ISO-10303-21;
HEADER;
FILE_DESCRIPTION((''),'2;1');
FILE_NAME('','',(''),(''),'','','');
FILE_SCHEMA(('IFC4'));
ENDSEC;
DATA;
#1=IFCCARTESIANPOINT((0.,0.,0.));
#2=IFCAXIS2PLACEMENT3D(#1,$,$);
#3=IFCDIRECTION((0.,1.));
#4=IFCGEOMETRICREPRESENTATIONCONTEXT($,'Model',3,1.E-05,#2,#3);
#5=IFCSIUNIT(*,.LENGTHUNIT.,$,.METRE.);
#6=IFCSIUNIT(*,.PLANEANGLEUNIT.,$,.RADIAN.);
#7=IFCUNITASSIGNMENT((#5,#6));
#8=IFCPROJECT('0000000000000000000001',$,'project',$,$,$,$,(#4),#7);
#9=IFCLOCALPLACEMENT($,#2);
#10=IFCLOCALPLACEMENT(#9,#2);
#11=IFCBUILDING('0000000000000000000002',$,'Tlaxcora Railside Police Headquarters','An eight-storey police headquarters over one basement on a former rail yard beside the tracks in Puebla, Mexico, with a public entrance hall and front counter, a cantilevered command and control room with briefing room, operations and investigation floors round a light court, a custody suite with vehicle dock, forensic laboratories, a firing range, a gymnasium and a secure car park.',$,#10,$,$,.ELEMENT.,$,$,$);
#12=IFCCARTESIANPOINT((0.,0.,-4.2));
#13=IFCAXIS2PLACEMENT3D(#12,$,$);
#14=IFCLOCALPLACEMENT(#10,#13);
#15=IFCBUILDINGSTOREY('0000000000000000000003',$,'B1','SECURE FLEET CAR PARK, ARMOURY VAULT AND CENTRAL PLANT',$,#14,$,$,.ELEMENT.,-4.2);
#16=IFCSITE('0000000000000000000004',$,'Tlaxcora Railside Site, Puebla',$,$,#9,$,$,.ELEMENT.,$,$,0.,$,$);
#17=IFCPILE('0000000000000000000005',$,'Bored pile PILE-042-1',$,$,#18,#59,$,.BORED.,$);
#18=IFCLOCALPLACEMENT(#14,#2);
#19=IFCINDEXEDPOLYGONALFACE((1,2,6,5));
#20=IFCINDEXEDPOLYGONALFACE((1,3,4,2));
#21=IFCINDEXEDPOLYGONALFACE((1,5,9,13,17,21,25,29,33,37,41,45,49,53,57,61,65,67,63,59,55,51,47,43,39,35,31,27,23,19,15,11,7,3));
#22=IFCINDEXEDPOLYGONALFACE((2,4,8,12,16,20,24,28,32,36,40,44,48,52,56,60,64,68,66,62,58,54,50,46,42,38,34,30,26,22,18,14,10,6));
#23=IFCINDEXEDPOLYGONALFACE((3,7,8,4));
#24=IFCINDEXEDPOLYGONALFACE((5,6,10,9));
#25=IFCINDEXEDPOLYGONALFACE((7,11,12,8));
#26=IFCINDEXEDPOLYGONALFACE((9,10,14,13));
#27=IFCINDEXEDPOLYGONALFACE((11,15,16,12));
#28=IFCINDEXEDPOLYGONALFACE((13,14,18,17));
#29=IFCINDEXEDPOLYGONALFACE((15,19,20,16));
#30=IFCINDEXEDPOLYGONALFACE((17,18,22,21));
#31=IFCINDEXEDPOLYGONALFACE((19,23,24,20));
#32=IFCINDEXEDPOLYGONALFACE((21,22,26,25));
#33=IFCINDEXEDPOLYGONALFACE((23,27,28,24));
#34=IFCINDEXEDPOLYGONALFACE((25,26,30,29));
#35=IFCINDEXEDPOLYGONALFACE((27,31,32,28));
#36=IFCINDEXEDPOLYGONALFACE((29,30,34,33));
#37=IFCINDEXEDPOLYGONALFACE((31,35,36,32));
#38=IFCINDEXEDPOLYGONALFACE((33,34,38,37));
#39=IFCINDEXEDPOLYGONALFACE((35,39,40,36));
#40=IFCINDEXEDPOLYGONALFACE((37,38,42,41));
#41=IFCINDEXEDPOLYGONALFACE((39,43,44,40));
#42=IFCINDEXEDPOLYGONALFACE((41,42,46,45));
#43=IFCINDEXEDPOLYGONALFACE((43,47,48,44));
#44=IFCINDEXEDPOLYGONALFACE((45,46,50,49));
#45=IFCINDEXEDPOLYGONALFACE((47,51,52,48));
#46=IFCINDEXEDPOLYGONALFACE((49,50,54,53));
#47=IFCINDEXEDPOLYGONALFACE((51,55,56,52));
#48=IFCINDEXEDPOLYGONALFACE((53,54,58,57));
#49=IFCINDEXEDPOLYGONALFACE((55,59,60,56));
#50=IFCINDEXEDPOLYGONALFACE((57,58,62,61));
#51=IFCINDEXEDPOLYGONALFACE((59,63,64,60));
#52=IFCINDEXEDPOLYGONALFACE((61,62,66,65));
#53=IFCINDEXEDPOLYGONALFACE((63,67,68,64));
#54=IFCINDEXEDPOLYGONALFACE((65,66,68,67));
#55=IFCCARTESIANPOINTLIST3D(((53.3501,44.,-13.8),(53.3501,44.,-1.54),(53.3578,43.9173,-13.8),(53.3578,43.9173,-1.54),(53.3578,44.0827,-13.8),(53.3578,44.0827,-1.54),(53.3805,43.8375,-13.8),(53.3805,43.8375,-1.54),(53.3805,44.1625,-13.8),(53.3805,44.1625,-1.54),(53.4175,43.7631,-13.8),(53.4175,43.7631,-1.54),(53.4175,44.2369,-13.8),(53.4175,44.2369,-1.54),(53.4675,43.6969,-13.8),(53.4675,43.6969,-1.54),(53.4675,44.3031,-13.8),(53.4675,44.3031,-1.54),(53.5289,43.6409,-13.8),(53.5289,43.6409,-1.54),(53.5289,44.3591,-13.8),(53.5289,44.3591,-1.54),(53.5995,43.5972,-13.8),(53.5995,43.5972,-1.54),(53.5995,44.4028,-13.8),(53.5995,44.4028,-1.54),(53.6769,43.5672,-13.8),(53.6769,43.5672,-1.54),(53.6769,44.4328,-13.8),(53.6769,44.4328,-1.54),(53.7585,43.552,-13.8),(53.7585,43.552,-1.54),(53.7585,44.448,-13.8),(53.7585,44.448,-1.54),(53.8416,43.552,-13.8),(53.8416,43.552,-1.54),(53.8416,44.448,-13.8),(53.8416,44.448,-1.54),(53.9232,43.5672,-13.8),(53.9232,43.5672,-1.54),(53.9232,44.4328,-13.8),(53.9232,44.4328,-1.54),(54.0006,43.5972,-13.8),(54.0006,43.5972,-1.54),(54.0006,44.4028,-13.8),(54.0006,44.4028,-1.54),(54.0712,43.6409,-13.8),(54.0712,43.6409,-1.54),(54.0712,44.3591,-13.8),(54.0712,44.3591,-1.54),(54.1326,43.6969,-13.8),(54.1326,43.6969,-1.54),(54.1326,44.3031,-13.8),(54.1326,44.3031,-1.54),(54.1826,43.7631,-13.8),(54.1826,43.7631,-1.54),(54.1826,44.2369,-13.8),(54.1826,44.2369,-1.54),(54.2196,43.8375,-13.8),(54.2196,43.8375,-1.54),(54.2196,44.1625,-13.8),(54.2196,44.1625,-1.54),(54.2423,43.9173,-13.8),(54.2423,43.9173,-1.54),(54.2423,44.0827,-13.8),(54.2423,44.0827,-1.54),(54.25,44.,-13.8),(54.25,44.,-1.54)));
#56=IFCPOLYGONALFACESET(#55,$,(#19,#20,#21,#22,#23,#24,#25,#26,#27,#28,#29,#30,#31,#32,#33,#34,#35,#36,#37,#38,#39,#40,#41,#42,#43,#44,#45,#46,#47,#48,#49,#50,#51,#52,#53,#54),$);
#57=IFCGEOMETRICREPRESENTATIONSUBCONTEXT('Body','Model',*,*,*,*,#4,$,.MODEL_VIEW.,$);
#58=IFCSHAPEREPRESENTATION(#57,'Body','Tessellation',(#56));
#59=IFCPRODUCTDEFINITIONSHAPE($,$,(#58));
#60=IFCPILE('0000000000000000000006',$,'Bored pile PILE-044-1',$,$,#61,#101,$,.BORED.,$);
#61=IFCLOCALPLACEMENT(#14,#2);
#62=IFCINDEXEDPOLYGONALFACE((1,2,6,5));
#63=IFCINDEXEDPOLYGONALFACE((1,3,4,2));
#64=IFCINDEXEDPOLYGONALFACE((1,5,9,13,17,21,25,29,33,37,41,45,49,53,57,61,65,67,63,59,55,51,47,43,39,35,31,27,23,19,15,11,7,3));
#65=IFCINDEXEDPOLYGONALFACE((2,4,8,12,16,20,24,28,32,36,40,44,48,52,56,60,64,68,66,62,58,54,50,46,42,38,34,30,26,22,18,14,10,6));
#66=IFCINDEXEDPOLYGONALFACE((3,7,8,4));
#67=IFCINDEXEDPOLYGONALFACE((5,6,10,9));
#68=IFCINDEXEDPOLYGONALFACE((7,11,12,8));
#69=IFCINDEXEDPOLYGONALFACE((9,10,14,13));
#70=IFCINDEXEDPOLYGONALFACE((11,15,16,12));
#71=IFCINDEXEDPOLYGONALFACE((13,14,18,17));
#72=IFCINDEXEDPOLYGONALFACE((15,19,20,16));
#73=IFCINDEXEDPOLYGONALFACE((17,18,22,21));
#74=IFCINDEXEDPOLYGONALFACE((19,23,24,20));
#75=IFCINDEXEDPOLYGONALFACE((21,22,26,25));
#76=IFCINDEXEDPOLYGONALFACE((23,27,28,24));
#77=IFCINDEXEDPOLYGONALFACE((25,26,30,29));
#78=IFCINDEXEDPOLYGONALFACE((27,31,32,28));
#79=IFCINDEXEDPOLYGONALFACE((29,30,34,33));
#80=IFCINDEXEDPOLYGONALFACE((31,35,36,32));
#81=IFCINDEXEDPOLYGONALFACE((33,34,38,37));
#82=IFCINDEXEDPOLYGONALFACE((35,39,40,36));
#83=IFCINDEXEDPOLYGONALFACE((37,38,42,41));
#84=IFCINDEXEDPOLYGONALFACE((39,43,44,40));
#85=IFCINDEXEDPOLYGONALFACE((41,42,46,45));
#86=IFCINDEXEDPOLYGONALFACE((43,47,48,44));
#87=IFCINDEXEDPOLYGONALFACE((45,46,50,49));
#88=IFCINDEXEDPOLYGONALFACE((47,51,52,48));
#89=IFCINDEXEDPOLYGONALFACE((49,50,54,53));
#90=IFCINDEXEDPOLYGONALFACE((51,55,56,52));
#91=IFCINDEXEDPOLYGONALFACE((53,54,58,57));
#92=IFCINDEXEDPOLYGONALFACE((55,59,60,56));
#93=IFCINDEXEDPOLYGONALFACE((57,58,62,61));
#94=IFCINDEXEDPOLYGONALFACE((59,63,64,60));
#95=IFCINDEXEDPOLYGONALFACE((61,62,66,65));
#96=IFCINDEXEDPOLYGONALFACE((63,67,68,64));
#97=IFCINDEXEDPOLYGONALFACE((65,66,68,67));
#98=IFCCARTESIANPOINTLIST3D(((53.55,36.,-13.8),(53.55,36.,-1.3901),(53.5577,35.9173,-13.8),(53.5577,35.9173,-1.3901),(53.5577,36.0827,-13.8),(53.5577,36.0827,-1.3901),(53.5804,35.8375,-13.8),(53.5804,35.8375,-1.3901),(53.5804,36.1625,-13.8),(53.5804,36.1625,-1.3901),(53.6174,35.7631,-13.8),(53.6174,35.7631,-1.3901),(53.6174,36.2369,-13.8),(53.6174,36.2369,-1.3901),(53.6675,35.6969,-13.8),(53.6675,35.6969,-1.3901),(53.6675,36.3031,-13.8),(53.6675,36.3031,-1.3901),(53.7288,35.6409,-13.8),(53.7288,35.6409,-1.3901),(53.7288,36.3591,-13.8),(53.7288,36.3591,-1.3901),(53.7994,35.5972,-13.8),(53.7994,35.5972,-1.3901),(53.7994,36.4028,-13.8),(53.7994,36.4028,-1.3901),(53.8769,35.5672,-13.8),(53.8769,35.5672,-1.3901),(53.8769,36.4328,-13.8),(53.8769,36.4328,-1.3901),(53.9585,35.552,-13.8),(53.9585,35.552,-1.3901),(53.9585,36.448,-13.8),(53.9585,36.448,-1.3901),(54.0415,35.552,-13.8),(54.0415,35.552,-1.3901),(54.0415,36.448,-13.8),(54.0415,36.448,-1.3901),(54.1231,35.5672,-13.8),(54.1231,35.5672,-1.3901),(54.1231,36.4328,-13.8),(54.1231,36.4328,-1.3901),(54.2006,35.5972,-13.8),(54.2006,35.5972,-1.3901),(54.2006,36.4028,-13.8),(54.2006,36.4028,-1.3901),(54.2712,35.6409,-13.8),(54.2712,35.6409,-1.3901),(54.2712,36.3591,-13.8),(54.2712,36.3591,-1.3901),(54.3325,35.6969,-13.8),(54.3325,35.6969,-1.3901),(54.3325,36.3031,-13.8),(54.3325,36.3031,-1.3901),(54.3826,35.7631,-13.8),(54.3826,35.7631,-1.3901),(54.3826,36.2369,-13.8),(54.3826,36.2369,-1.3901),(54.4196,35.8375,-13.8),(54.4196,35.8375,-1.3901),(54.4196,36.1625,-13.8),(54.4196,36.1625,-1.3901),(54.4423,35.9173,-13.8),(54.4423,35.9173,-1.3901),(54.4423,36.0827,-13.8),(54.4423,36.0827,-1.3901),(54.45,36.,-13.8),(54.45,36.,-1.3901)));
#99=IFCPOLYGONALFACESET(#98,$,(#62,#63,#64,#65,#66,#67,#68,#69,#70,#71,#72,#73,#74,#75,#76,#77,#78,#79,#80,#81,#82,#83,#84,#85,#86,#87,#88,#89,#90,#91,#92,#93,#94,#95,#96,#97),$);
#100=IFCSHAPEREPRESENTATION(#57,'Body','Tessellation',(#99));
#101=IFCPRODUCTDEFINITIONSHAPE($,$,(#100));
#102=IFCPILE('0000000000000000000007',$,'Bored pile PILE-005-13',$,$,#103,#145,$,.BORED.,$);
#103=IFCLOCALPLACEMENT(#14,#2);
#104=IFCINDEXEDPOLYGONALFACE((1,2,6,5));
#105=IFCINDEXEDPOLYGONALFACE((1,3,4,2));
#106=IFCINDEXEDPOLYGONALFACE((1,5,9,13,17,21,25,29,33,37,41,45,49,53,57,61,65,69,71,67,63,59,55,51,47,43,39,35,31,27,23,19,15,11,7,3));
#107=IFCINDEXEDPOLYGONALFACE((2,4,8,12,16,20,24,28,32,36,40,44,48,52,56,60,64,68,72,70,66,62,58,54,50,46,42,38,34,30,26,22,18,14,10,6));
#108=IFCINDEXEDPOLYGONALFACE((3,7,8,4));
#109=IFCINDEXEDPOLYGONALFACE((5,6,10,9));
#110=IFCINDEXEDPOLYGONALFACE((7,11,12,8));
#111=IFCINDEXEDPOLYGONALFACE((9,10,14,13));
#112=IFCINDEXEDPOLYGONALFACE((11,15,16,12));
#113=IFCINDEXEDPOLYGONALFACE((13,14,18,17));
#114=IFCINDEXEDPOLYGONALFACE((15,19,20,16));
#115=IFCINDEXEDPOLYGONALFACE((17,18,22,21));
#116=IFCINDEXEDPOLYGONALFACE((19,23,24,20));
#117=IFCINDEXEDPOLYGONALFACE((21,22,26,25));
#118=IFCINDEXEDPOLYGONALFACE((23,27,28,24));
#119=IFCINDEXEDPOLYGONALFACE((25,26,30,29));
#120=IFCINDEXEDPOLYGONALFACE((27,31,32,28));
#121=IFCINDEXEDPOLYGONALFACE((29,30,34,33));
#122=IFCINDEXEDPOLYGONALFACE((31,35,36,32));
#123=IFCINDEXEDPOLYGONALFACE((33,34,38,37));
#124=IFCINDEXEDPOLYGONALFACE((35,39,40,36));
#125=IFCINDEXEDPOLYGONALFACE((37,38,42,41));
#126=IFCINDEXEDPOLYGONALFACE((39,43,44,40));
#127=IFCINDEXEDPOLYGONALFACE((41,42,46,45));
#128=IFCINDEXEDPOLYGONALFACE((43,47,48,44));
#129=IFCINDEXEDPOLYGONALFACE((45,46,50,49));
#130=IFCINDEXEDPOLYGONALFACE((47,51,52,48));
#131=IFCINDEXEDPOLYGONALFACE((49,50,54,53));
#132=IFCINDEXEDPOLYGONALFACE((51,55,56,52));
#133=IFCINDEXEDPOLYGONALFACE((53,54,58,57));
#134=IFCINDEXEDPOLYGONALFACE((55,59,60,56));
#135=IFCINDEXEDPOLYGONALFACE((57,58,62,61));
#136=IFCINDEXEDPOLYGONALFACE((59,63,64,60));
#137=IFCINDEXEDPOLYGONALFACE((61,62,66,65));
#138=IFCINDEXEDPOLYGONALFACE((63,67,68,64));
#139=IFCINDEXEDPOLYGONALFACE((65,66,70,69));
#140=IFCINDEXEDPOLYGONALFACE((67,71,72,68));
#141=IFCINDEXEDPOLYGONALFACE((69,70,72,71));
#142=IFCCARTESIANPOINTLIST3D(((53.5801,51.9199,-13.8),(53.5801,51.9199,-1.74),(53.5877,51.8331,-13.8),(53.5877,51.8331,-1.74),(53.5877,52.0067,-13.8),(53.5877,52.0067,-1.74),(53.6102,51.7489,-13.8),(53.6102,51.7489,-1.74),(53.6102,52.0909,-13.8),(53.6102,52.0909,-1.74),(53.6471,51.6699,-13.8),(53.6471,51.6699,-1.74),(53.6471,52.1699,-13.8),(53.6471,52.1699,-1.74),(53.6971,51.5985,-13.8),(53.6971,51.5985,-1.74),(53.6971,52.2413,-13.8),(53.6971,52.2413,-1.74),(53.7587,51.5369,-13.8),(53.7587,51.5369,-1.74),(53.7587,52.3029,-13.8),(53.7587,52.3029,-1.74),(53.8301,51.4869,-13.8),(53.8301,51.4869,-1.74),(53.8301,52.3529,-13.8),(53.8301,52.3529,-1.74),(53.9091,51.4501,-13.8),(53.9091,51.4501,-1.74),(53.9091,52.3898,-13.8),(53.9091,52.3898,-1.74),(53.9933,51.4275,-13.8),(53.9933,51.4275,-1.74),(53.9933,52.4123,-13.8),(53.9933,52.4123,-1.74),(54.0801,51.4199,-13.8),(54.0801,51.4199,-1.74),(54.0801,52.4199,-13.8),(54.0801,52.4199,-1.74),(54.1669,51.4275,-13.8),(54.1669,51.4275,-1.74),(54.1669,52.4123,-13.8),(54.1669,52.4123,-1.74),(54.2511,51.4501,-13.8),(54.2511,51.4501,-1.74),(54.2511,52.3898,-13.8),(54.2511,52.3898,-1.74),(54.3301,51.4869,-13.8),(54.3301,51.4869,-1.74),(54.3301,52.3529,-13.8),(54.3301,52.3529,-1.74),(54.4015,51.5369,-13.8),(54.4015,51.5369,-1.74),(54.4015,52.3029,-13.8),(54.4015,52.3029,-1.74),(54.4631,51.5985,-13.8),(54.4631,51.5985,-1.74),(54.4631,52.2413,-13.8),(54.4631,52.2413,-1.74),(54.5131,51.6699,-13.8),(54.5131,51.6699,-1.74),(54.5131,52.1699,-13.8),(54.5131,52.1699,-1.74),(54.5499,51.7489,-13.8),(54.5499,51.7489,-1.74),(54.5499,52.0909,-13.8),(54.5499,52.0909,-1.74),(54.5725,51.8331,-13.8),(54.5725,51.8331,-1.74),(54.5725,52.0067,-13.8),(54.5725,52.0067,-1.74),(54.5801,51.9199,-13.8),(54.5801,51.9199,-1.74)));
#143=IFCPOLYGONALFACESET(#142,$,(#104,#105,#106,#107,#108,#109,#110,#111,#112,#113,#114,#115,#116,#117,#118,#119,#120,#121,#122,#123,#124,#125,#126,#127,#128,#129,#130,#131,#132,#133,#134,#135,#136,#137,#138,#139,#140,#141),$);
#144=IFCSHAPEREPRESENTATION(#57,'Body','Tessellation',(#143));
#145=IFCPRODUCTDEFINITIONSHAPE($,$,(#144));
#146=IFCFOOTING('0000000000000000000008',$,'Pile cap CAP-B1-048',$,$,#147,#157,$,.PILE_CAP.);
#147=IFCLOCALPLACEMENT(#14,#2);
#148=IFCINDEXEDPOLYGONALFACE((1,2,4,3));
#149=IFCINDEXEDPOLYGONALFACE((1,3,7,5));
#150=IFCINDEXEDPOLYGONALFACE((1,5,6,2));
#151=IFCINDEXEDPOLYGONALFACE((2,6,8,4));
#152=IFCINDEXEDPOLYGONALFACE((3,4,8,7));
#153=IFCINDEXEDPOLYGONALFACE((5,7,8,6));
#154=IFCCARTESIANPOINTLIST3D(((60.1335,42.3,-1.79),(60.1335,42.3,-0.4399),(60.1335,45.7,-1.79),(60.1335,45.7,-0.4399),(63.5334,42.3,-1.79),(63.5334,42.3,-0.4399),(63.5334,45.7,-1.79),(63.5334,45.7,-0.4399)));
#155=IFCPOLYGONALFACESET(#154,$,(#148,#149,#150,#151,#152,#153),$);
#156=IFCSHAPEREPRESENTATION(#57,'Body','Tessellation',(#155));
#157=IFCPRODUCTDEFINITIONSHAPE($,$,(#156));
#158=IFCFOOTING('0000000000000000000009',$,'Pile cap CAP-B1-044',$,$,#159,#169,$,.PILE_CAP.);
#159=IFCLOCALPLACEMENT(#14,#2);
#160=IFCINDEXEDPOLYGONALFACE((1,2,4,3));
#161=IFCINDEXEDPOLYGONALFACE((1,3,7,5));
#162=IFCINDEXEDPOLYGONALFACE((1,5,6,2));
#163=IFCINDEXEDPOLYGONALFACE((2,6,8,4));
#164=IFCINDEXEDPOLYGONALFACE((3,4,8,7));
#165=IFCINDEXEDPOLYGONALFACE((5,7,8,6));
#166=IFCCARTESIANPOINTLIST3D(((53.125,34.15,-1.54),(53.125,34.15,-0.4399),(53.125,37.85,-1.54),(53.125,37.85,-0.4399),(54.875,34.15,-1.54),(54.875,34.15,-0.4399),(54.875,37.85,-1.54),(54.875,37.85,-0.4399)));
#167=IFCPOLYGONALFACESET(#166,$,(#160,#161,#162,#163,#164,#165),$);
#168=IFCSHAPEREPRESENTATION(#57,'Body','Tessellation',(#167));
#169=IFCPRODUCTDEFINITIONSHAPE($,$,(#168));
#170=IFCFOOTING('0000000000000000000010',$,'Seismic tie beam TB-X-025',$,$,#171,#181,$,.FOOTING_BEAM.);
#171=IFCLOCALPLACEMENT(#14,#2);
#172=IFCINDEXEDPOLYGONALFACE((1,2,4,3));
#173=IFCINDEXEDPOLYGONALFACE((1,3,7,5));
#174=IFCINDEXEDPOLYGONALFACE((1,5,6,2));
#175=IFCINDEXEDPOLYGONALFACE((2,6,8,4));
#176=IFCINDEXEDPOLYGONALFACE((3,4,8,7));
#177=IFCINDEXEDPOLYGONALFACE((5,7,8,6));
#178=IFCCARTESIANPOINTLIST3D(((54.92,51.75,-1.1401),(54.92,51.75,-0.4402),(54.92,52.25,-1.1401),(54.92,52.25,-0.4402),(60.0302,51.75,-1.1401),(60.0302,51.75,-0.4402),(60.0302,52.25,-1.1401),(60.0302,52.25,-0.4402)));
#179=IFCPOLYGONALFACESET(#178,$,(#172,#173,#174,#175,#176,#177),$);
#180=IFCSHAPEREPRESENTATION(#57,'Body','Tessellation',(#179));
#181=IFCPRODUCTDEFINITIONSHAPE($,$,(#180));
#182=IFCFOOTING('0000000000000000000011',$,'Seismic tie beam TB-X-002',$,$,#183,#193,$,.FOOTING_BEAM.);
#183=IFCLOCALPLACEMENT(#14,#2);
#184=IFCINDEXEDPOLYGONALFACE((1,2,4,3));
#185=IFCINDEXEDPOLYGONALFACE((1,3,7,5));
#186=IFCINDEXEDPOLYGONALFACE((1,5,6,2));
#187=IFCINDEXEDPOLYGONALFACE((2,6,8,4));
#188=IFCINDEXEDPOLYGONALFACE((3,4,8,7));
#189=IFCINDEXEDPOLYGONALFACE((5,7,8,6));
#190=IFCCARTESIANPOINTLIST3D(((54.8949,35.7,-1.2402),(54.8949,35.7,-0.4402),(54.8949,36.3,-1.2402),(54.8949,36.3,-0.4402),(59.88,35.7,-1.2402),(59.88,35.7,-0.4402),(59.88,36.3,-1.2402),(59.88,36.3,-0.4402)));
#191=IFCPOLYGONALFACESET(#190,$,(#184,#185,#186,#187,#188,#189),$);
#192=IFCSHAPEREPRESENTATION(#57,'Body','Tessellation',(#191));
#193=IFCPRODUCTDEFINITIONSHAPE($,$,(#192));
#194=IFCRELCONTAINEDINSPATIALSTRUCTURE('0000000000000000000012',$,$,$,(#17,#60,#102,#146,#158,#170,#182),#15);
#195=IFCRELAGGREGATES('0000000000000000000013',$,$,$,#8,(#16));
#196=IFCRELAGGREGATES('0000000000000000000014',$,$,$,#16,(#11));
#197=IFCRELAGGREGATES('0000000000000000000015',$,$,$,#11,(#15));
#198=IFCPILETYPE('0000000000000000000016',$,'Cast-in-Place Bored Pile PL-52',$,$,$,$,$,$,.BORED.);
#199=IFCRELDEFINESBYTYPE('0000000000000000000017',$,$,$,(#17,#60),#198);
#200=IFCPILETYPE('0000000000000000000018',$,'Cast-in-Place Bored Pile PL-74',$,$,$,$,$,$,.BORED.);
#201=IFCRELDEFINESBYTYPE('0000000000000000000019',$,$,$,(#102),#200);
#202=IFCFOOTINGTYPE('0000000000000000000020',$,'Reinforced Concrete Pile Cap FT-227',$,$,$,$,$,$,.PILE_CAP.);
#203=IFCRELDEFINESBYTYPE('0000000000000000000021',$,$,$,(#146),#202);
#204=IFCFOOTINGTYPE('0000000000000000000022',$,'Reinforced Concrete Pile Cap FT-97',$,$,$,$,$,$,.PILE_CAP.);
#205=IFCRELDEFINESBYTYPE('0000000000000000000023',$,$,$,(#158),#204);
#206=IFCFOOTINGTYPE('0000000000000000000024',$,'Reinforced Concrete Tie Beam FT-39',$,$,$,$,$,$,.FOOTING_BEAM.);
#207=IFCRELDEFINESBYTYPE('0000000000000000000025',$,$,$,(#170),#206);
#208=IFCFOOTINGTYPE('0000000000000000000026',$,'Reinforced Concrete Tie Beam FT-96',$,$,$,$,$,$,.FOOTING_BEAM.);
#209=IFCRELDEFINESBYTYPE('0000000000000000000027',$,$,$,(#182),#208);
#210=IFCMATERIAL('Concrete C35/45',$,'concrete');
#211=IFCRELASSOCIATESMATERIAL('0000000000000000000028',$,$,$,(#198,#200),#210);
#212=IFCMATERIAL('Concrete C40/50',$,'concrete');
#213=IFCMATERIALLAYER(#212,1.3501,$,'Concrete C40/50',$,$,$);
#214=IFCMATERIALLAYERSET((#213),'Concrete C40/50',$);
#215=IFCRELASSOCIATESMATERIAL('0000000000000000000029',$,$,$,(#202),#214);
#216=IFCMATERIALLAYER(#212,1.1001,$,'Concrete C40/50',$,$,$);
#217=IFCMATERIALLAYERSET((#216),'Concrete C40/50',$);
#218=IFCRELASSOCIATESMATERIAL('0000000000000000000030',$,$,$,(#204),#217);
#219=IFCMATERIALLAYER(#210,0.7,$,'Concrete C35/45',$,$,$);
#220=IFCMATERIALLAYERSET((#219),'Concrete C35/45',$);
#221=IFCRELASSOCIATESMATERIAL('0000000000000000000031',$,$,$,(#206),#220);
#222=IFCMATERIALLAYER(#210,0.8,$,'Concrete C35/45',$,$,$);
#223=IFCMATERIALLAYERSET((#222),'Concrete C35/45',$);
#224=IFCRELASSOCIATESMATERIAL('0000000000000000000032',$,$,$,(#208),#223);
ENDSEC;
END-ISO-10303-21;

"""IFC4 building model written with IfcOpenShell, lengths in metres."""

from ifc_helpers import new_model, si_unit, direction, frame, origin, origin_2d, place, context, subcontext, project, spatial, rectangle, circle, extrude, material, layer, layer_set, material_profile, profile_set, type_object, element, save


model = new_model("IFC4")

# Units and contexts
model_context = context("Model", 3, precision=1e-05, world=origin(), true_north=direction((0.0, 1.0)))
body_context = subcontext(model_context, "Body", "Model", "MODEL_VIEW")
ifc_project = project(units=[si_unit("LENGTHUNIT", "METRE"), si_unit("PLANEANGLEUNIT", "RADIAN")], contexts=[model_context])

# Site, building, storey
site_placement = place(None, origin())
site = spatial("IfcSite", under=ifc_project, at=site_placement, Name="Tlaxcora Railside Site, Puebla", CompositionType="ELEMENT", RefElevation=0.0)
building_placement = place(site_placement, origin())
building = spatial("IfcBuilding", under=site, at=building_placement, Name="Tlaxcora Railside Police Headquarters", Description="An eight-storey police headquarters over one basement on a former rail yard beside the tracks in Puebla, Mexico, with a public entrance hall and front counter, a cantilevered command and control room with briefing room, operations and investigation floors round a light court, a custody suite with vehicle dock, forensic laboratories, a firing range, a gymnasium and a secure car park.", CompositionType="ELEMENT")
storey_placement = place(building_placement, frame((0.0, 0.0, -4.2)))
storey = spatial("IfcBuildingStorey", under=building, at=storey_placement, Name="B1", Description="SECURE FLEET CAR PARK, ARMOURY VAULT AND CENTRAL PLANT", CompositionType="ELEMENT", Elevation=-4.2)

# Piles
ifc_material_1 = material(Name="Concrete C35/45", Category="concrete")
ifc_material_profile_1 = material_profile(ifc_material_1, circle(Radius=0.45, at=origin_2d()), Name="PILE900")
ifc_profile_set_1 = profile_set([ifc_material_profile_1], Name="Concrete C35/45")
pile_type_1 = type_object("IfcPileType", Name="Cast-in-Place Bored Pile PL-52", PredefinedType="BORED", material=ifc_profile_set_1)
pile_1_placement = place(storey_placement, frame((53.8, 44.0, -1.54), z_axis=(0.0, 0.0, -1.0), x_axis=(1.0, 0.0, 0.0)))
element("IfcPile", 1, at=pile_1_placement, inside=storey, type_object=pile_type_1, Name="Bored pile PILE-042-1", PredefinedType="BORED", context=body_context, shape_type="SweptSolid", body=[
    extrude(circle(Radius=0.45, at=origin_2d()), origin(), (0.0, 0.0, 1.0), 12.26),
])
pile_2_placement = place(storey_placement, frame((54.0, 36.0, -1.3901), z_axis=(0.0, 0.0, -1.0), x_axis=(1.0, 0.0, 0.0)))
element("IfcPile", 2, at=pile_2_placement, inside=storey, type_object=pile_type_1, Name="Bored pile PILE-044-1", PredefinedType="BORED", context=body_context, shape_type="SweptSolid", body=[
    extrude(circle(Radius=0.45, at=origin_2d()), origin(), (0.0, 0.0, 1.0), 12.4099),
])
ifc_material_profile_2 = material_profile(ifc_material_1, circle(Radius=0.5, at=origin_2d()), Name="PILE1000")
ifc_profile_set_2 = profile_set([ifc_material_profile_2], Name="Concrete C35/45")
pile_type_2 = type_object("IfcPileType", Name="Cast-in-Place Bored Pile PL-74", PredefinedType="BORED", material=ifc_profile_set_2)
pile_3_placement = place(storey_placement, frame((54.0801, 51.9199, -1.74), z_axis=(0.0, 0.0, -1.0), x_axis=(1.0, 0.0, 0.0)))
element("IfcPile", 3, at=pile_3_placement, inside=storey, type_object=pile_type_2, Name="Bored pile PILE-005-13", PredefinedType="BORED", context=body_context, shape_type="SweptSolid", body=[
    extrude(circle(Radius=0.5, at=origin_2d()), origin(), (0.0, 0.0, 1.0), 12.0601),
])

# Footings
ifc_material_2 = material(Name="Concrete C40/50", Category="concrete")
ifc_layer_1 = layer(ifc_material_2, 1.3501, Name="Concrete C40/50")
ifc_layer_set_1 = layer_set([ifc_layer_1], Name="Concrete C40/50")
footing_type_1 = type_object("IfcFootingType", Name="Reinforced Concrete Pile Cap FT-227", PredefinedType="PILE_CAP", material=ifc_layer_set_1)
footing_1_placement = place(storey_placement, frame((61.8335, 44.0, -1.79), z_axis=(0.0, 0.0, 1.0), x_axis=(1.0, 0.0, 0.0)))
element("IfcFooting", 4, at=footing_1_placement, inside=storey, type_object=footing_type_1, Name="Pile cap CAP-B1-048", PredefinedType="PILE_CAP", context=body_context, shape_type="SweptSolid", body=[
    extrude(rectangle(XDim=3.3999, YDim=3.3999, at=origin_2d()), origin(), (0.0, 0.0, 1.0), 1.3501),
])
ifc_layer_2 = layer(ifc_material_2, 1.1001, Name="Concrete C40/50")
ifc_layer_set_2 = layer_set([ifc_layer_2], Name="Concrete C40/50")
footing_type_2 = type_object("IfcFootingType", Name="Reinforced Concrete Pile Cap FT-97", PredefinedType="PILE_CAP", material=ifc_layer_set_2)
footing_2_placement = place(storey_placement, frame((54.0, 36.0, -1.54), z_axis=(0.0, 0.0, 1.0), x_axis=(1.0, 0.0, 0.0)))
element("IfcFooting", 5, at=footing_2_placement, inside=storey, type_object=footing_type_2, Name="Pile cap CAP-B1-044", PredefinedType="PILE_CAP", context=body_context, shape_type="SweptSolid", body=[
    extrude(rectangle(XDim=1.75, YDim=3.7, at=origin_2d()), origin(), (0.0, 0.0, 1.0), 1.1001),
])
ifc_layer_3 = layer(ifc_material_1, 0.7, Name="Concrete C35/45")
ifc_layer_set_3 = layer_set([ifc_layer_3], Name="Concrete C35/45")
footing_type_3 = type_object("IfcFootingType", Name="Reinforced Concrete Tie Beam FT-39", PredefinedType="FOOTING_BEAM", material=ifc_layer_set_3)
footing_3_placement = place(storey_placement, frame((57.4751, 52.0, -1.1401), z_axis=(0.0, 0.0, 1.0), x_axis=(1.0, 0.0, 0.0)))
element("IfcFooting", 6, at=footing_3_placement, inside=storey, type_object=footing_type_3, Name="Seismic tie beam TB-X-025", PredefinedType="FOOTING_BEAM", context=body_context, shape_type="SweptSolid", body=[
    extrude(rectangle(XDim=5.1101, YDim=0.5, at=origin_2d()), origin(), (0.0, 0.0, 1.0), 0.7),
])
ifc_layer_4 = layer(ifc_material_1, 0.8, Name="Concrete C35/45")
ifc_layer_set_4 = layer_set([ifc_layer_4], Name="Concrete C35/45")
footing_type_4 = type_object("IfcFootingType", Name="Reinforced Concrete Tie Beam FT-96", PredefinedType="FOOTING_BEAM", material=ifc_layer_set_4)
footing_4_placement = place(storey_placement, frame((57.3875, 36.0, -1.2402), z_axis=(0.0, 0.0, 1.0), x_axis=(1.0, 0.0, 0.0)))
element("IfcFooting", 7, at=footing_4_placement, inside=storey, type_object=footing_type_4, Name="Seismic tie beam TB-X-002", PredefinedType="FOOTING_BEAM", context=body_context, shape_type="SweptSolid", body=[
    extrude(rectangle(XDim=4.9851, YDim=0.6001, at=origin_2d()), origin(), (0.0, 0.0, 1.0), 0.8),
])

save(model, "model.ifc")
